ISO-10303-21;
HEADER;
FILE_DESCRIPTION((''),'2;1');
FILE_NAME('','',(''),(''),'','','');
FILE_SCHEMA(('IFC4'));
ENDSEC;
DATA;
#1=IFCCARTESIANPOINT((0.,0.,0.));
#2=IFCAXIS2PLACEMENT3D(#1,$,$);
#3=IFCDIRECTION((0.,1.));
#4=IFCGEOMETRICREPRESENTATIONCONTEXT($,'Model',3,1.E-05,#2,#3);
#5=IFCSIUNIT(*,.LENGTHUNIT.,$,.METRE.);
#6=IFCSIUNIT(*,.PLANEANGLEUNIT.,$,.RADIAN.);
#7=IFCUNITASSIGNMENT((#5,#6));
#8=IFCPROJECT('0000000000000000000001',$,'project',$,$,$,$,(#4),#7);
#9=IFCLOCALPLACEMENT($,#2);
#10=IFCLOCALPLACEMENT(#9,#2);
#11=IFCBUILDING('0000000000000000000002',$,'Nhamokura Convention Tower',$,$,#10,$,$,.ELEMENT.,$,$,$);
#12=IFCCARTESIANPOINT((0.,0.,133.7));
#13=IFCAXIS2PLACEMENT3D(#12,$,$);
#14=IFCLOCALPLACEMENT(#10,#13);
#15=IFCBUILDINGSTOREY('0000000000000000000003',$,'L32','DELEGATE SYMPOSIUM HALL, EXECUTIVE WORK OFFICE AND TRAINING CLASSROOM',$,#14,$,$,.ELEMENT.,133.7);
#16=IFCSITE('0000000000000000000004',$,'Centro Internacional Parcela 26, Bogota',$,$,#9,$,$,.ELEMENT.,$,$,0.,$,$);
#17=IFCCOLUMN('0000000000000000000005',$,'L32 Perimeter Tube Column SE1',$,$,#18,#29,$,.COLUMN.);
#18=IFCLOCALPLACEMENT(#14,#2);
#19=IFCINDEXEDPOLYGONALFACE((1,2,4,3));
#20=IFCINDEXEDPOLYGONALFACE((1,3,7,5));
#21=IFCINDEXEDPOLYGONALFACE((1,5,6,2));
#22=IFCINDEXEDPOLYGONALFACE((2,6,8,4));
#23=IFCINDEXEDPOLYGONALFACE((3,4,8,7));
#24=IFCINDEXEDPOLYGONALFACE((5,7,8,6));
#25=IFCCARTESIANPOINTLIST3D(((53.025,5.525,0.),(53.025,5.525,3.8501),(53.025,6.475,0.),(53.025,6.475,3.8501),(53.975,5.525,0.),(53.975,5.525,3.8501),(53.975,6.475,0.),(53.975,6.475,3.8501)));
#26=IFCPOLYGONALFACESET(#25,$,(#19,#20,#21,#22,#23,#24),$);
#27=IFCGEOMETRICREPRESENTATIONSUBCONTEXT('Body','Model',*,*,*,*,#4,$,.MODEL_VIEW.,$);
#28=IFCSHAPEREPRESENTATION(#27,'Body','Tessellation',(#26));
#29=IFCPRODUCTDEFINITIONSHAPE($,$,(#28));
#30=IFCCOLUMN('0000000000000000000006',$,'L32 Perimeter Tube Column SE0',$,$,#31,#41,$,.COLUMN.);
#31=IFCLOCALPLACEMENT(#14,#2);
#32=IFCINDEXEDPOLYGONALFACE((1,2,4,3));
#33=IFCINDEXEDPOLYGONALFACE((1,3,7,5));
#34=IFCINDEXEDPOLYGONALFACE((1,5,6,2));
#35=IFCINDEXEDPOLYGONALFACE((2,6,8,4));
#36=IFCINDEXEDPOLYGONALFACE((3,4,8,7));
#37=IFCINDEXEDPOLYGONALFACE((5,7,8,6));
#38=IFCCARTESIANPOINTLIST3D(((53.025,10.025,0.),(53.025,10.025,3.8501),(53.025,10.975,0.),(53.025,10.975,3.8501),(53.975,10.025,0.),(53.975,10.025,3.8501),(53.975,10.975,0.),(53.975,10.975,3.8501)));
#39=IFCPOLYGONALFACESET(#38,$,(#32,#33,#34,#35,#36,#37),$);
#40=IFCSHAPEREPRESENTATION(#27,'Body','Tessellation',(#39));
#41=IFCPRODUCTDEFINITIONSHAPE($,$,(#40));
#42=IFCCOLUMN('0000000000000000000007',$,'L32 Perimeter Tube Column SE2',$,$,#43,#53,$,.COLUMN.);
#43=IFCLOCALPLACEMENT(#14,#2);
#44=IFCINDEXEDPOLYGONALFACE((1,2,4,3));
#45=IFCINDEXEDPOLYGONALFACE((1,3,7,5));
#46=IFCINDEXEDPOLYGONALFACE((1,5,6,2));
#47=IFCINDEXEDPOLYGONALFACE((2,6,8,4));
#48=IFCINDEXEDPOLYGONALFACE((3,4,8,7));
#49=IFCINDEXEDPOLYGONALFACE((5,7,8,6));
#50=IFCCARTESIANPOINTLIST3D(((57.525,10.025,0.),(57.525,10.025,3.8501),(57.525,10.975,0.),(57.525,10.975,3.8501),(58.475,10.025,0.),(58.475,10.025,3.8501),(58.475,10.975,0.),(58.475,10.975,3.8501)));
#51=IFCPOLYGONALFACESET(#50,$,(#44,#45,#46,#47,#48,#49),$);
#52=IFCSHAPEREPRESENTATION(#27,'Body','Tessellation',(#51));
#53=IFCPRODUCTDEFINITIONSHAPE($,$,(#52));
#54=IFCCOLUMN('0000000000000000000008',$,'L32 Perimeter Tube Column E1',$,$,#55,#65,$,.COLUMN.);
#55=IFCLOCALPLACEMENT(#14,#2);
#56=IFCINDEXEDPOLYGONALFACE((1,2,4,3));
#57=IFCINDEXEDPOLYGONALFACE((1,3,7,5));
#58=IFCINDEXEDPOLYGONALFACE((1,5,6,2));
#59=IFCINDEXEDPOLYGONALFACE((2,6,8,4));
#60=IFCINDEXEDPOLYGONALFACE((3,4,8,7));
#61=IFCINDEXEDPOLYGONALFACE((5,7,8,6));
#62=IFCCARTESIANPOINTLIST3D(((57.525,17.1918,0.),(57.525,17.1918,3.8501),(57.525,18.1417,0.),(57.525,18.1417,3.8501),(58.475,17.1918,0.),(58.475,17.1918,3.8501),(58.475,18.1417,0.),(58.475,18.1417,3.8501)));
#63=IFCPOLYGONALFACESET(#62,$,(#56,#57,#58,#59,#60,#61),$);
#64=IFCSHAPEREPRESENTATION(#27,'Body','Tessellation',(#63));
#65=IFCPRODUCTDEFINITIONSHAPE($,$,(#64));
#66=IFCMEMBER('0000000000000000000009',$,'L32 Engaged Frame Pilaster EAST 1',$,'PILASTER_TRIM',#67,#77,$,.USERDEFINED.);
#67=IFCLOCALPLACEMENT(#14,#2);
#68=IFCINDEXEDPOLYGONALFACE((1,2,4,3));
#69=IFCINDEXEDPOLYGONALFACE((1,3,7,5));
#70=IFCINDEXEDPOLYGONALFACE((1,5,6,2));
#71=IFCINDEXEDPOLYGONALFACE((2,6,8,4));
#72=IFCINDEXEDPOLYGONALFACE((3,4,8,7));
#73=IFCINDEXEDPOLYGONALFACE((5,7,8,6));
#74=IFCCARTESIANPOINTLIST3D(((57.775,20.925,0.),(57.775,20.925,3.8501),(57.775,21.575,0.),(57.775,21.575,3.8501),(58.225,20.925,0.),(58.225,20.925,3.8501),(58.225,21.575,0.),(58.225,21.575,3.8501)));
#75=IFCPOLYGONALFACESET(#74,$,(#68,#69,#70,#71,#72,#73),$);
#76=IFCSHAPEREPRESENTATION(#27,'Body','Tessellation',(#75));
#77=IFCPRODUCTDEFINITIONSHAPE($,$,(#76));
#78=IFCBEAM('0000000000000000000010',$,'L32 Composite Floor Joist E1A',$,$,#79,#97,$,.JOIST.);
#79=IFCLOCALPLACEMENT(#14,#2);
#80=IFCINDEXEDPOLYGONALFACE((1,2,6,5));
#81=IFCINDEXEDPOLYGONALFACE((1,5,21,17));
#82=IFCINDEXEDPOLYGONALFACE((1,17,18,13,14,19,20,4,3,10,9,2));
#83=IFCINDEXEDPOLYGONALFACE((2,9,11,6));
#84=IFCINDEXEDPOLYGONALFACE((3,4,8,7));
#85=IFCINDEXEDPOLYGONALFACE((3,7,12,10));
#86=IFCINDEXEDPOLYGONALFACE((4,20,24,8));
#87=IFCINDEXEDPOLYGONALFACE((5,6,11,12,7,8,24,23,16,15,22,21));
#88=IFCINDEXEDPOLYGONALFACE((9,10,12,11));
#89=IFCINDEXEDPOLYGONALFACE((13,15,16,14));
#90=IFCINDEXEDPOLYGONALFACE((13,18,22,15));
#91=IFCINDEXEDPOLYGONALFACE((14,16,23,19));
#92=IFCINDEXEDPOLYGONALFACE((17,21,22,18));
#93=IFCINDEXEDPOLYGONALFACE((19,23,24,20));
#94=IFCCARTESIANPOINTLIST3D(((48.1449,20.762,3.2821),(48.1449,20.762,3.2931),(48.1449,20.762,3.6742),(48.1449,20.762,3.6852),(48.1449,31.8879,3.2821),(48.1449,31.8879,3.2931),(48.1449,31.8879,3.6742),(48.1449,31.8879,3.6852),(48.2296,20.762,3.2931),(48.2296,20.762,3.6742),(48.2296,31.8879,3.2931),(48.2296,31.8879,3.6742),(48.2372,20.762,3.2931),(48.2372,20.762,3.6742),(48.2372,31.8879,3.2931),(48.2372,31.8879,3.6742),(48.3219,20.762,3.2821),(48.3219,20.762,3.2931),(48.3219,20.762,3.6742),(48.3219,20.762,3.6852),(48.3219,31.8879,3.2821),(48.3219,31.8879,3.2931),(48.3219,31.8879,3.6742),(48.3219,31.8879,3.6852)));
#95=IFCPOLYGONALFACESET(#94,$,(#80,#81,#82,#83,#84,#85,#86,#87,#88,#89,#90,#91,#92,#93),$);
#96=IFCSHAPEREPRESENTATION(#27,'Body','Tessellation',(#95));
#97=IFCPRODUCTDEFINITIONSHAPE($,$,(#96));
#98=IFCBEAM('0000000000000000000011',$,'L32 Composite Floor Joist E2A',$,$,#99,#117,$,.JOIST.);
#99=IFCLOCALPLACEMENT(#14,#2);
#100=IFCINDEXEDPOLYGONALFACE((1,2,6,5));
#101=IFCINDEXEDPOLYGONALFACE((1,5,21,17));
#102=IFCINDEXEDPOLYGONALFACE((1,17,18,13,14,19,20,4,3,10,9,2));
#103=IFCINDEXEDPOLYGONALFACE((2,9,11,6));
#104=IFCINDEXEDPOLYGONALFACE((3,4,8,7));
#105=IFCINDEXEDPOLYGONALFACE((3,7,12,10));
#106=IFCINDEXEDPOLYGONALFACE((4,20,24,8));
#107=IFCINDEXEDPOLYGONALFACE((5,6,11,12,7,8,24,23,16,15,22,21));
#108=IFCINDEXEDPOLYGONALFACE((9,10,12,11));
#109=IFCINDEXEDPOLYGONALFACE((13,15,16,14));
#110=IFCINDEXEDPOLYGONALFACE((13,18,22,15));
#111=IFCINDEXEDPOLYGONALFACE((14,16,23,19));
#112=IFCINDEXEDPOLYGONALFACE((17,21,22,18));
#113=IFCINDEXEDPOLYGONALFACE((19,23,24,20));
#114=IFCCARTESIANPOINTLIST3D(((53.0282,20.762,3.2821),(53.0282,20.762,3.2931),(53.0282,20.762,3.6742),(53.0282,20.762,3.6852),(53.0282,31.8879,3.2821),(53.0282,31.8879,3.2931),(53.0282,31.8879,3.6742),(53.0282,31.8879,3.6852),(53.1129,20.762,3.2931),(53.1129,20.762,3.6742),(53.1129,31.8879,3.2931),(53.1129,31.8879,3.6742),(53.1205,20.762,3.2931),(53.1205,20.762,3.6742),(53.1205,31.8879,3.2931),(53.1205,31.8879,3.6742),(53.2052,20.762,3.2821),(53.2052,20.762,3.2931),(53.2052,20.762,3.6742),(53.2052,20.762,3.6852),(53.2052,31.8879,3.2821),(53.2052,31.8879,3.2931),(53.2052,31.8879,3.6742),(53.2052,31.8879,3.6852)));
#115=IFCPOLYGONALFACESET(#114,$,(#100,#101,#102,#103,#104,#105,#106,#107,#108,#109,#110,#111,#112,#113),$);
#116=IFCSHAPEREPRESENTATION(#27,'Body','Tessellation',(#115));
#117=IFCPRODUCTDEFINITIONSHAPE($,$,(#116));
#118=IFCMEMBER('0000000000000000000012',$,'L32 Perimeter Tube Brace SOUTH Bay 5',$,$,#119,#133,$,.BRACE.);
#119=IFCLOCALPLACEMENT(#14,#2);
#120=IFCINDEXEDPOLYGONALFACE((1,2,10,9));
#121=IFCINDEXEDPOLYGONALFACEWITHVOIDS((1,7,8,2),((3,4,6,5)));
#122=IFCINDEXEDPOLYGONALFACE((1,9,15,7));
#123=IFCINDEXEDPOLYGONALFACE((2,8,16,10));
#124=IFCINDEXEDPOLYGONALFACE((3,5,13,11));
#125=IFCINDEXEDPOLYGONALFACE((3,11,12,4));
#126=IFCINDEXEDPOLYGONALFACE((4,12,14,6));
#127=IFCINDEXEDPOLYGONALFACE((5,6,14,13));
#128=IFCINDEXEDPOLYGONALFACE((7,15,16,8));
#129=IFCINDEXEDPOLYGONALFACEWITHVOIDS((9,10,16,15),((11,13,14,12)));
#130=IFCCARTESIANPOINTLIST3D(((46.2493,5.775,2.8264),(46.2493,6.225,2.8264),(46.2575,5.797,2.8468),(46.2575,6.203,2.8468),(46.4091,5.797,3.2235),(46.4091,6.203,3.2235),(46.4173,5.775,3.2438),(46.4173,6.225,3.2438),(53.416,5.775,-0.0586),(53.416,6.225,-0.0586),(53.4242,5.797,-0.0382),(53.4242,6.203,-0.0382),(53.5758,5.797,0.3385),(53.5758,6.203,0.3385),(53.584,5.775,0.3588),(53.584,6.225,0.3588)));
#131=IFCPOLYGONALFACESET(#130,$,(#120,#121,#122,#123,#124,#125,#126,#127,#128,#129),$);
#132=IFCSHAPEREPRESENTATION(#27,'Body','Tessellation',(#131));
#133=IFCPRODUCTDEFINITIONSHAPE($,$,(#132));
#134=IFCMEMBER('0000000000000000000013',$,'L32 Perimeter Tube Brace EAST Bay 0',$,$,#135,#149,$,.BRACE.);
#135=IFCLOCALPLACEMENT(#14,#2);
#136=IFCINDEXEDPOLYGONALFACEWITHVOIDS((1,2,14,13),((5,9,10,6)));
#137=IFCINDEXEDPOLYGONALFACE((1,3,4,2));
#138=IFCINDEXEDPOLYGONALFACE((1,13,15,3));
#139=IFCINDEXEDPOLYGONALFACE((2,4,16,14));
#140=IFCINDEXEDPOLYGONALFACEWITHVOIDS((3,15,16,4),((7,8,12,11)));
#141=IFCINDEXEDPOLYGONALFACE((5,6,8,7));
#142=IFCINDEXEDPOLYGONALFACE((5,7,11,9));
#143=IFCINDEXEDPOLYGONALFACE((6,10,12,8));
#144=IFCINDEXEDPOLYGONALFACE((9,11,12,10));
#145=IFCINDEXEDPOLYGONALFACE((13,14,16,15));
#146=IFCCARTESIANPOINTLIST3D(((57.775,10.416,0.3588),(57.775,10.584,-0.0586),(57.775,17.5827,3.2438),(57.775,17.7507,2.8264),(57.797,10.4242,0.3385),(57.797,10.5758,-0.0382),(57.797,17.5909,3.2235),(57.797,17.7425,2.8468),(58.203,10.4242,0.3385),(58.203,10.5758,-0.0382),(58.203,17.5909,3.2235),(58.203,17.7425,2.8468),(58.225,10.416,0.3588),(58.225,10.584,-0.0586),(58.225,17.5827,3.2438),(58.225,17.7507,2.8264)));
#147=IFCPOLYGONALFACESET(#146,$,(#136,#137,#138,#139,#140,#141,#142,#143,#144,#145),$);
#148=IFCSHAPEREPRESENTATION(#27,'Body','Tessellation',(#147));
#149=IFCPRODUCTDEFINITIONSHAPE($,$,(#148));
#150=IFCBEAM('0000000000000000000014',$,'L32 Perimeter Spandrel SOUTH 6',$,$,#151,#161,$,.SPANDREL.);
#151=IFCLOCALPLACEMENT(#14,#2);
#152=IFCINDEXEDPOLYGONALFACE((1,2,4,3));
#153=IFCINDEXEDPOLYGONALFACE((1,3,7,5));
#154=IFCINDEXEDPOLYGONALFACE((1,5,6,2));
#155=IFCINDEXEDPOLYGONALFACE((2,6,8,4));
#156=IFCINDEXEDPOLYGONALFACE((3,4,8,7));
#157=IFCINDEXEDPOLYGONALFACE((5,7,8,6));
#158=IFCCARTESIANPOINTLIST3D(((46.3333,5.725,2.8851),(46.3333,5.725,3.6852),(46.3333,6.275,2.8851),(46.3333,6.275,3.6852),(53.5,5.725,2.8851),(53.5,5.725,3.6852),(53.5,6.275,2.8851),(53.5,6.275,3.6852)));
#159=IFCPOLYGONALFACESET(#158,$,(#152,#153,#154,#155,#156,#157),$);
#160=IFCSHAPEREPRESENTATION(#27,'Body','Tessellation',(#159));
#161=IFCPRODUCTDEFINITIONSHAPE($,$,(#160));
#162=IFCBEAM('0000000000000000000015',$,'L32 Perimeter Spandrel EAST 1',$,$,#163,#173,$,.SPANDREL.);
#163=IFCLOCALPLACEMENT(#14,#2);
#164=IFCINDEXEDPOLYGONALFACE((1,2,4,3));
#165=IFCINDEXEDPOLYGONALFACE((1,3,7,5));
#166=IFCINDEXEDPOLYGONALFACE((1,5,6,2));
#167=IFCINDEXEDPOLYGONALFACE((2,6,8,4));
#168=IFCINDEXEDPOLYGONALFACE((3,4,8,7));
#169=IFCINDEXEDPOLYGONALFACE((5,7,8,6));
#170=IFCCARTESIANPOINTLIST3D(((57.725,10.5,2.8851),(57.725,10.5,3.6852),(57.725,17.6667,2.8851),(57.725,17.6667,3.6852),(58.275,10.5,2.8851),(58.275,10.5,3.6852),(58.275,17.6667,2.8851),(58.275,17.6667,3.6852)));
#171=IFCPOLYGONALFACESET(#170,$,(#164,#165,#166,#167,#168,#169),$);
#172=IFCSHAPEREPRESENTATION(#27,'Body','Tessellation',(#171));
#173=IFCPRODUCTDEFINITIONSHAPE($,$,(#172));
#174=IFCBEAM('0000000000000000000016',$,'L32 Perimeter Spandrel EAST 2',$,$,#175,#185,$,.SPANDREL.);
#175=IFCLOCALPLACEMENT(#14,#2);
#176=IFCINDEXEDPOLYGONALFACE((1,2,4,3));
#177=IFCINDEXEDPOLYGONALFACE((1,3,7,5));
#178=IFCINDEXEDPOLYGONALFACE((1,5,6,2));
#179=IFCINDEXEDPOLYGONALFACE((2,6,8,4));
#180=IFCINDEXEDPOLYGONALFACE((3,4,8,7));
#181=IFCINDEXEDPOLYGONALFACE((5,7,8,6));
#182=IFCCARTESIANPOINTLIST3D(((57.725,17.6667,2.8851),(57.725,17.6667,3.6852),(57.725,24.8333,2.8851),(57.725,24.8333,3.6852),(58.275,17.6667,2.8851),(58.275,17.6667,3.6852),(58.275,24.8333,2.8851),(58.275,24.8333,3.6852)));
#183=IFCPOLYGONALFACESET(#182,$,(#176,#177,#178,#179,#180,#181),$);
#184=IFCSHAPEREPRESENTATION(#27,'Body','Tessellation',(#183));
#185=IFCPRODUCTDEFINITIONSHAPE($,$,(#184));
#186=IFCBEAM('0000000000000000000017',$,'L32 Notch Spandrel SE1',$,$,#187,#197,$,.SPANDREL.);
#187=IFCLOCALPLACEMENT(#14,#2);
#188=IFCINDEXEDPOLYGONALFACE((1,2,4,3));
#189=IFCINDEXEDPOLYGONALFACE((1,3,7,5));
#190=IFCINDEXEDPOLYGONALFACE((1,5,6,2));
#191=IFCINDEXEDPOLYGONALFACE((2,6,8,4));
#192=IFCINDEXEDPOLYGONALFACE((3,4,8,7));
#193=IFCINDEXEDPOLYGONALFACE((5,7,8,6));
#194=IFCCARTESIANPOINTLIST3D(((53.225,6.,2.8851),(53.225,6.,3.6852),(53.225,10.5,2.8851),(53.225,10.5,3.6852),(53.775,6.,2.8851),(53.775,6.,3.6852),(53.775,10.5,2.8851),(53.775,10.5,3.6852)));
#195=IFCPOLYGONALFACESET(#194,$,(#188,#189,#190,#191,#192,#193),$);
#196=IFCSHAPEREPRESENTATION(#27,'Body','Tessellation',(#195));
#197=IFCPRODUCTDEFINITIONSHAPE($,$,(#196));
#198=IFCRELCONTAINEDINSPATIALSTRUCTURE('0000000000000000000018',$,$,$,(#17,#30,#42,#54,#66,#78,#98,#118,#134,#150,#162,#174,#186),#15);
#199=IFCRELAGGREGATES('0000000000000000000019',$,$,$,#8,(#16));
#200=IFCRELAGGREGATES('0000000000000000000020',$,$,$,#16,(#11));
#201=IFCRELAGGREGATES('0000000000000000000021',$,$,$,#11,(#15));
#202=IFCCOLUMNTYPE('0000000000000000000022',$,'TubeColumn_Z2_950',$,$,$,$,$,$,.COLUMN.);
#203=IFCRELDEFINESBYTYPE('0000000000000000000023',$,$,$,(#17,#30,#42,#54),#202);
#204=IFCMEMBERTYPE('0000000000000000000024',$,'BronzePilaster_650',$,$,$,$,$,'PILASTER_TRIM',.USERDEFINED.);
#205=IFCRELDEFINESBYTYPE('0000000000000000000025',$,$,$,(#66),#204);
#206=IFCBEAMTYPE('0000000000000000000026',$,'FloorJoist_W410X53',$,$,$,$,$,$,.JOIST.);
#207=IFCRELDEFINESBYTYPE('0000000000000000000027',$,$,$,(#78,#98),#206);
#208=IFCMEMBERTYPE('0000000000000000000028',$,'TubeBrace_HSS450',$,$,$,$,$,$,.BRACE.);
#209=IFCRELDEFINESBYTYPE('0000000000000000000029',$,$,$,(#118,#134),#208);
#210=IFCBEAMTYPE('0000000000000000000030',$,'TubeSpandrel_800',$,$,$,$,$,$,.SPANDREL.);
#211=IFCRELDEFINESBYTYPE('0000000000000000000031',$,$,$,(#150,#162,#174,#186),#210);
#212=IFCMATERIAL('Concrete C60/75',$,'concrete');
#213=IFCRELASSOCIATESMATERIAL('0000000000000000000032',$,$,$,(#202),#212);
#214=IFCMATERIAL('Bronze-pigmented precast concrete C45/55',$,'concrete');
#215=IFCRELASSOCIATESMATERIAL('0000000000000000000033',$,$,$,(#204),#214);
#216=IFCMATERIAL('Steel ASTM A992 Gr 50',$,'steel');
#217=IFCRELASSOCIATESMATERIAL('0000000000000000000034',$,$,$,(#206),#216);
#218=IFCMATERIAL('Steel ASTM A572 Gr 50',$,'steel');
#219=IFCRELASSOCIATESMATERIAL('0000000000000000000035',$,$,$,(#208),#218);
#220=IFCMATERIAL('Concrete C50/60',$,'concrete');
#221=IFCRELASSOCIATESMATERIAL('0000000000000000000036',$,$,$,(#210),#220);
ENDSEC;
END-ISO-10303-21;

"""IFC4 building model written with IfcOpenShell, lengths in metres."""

from ifc_helpers import new_model, si_unit, direction, frame, origin, origin_2d, place, context, subcontext, project, spatial, rectangle, hollow_rectangle, i_section, extrude, material, material_profile, profile_set, type_object, element, save


model = new_model("IFC4")

# Units and contexts
model_context = context("Model", 3, precision=1e-05, world=origin(), true_north=direction((0.0, 1.0)))
body_context = subcontext(model_context, "Body", "Model", "MODEL_VIEW")
ifc_project = project(units=[si_unit("LENGTHUNIT", "METRE"), si_unit("PLANEANGLEUNIT", "RADIAN")], contexts=[model_context])

# Site, building, storey
site_placement = place(None, origin())
site = spatial("IfcSite", under=ifc_project, at=site_placement, Name="Centro Internacional Parcela 26, Bogota", CompositionType="ELEMENT", RefElevation=0.0)
building_placement = place(site_placement, origin())
building = spatial("IfcBuilding", under=site, at=building_placement, Name="Nhamokura Convention Tower", CompositionType="ELEMENT")
storey_placement = place(building_placement, frame((0.0, 0.0, 133.7)))
storey = spatial("IfcBuildingStorey", under=building, at=storey_placement, Name="L32", Description="DELEGATE SYMPOSIUM HALL, EXECUTIVE WORK OFFICE AND TRAINING CLASSROOM", CompositionType="ELEMENT", Elevation=133.7)

# Columns
ifc_material_1 = material(Name="Concrete C60/75", Category="concrete")
ifc_material_profile_1 = material_profile(ifc_material_1, rectangle(XDim=0.95, YDim=0.95, at=origin_2d()))
ifc_profile_set_1 = profile_set([ifc_material_profile_1], Name="Concrete C60/75")
column_type = type_object("IfcColumnType", Name="TubeColumn_Z2_950", PredefinedType="COLUMN", material=ifc_profile_set_1)
for number, where, z_axis, x_axis, name in (
    (1, (53.5, 6.0, 0.0), (0.0, 0.0, 1.0), (1.0, 0.0, 0.0), "L32 Perimeter Tube Column SE1"),
    (2, (53.5, 10.5, 0.0), (0.0, 0.0, 1.0), (1.0, 0.0, 0.0), "L32 Perimeter Tube Column SE0"),
    (3, (58.0, 10.5, 0.0), (0.0, 0.0, 1.0), (1.0, 0.0, 0.0), "L32 Perimeter Tube Column SE2"),
    (4, (58.0, 17.6667, 0.0), (0.0, 0.0, 1.0), (1.0, 0.0, 0.0), "L32 Perimeter Tube Column E1"),
):
    element("IfcColumn", number, at=place(storey_placement, frame(where, z_axis=z_axis, x_axis=x_axis)), inside=storey, type_object=column_type, Name=name, PredefinedType="COLUMN", context=body_context, shape_type="SweptSolid", body=[
        extrude(rectangle(XDim=0.95, YDim=0.95, at=origin_2d()), origin(), (0.0, 0.0, 1.0), 3.8501),
    ])

# Member
ifc_material_2 = material(Name="Bronze-pigmented precast concrete C45/55", Category="concrete")
ifc_material_profile_2 = material_profile(ifc_material_2, rectangle(XDim=0.45, YDim=0.6499, at=origin_2d()))
ifc_profile_set_2 = profile_set([ifc_material_profile_2], Name="Bronze-pigmented precast concrete C45/55")
member_type_1 = type_object("IfcMemberType", Name="BronzePilaster_650", ElementType="PILASTER_TRIM", PredefinedType="USERDEFINED", material=ifc_profile_set_2)
member_placement = place(storey_placement, frame((58.0, 21.25, 0.0), z_axis=(0.0, 0.0, 1.0), x_axis=(1.0, 0.0, 0.0)))
element("IfcMember", 5, at=member_placement, inside=storey, type_object=member_type_1, Name="L32 Engaged Frame Pilaster EAST 1", ObjectType="PILASTER_TRIM", PredefinedType="USERDEFINED", context=body_context, shape_type="SweptSolid", body=[
    extrude(rectangle(XDim=0.45, YDim=0.6499, at=origin_2d()), origin(), (0.0, 0.0, 1.0), 3.8501),
])

# Beams
ifc_material_3 = material(Name="Steel ASTM A992 Gr 50", Category="steel")
ifc_material_profile_3 = material_profile(ifc_material_3, i_section(OverallWidth=0.177, OverallDepth=0.4031, WebThickness=0.0076, FlangeThickness=0.011, at=origin_2d()))
ifc_profile_set_3 = profile_set([ifc_material_profile_3], Name="Steel ASTM A992 Gr 50")
beam_type_1 = type_object("IfcBeamType", Name="FloorJoist_W410X53", PredefinedType="JOIST", material=ifc_profile_set_3)
for number, where, z_axis, x_axis, name in (
    (6, (48.2334, 20.762, 3.4836), (0.0, 1.0, 0.0), (-1.0, 0.0, 0.0), "L32 Composite Floor Joist E1A"),
    (7, (53.1167, 20.762, 3.4836), (0.0, 1.0, 0.0), (-1.0, 0.0, 0.0), "L32 Composite Floor Joist E2A"),
):
    element("IfcBeam", number, at=place(storey_placement, frame(where, z_axis=z_axis, x_axis=x_axis)), inside=storey, type_object=beam_type_1, Name=name, PredefinedType="JOIST", context=body_context, shape_type="SweptSolid", body=[
        extrude(i_section(OverallWidth=0.177, OverallDepth=0.4031, WebThickness=0.0076, FlangeThickness=0.011, at=origin_2d()), origin(), (0.0, 0.0, 1.0), 11.126),
    ])

# Members
ifc_material_4 = material(Name="Steel ASTM A572 Gr 50", Category="steel")
ifc_material_profile_4 = material_profile(ifc_material_4, hollow_rectangle(XDim=0.45, YDim=0.45, WallThickness=0.022, at=origin_2d()))
ifc_profile_set_4 = profile_set([ifc_material_profile_4], Name="Steel ASTM A572 Gr 50")
member_type_2 = type_object("IfcMemberType", Name="TubeBrace_HSS450", PredefinedType="BRACE", material=ifc_profile_set_4)
for number, where, z_axis, x_axis, name in (
    (8, (53.5, 6.0, 0.1501), (-0.927657, 0.0, 0.373433), (0.0, -1.0, 0.0), "L32 Perimeter Tube Brace SOUTH Bay 5"),
    (9, (58.0, 10.5, 0.1501), (0.0, 0.927657, 0.373433), (-1.0, 0.0, 0.0), "L32 Perimeter Tube Brace EAST Bay 0"),
):
    element("IfcMember", number, at=place(storey_placement, frame(where, z_axis=z_axis, x_axis=x_axis)), inside=storey, type_object=member_type_2, Name=name, PredefinedType="BRACE", context=body_context, shape_type="SweptSolid", body=[
        extrude(hollow_rectangle(XDim=0.45, YDim=0.45, WallThickness=0.022, at=origin_2d()), origin(), (0.0, 0.0, 1.0), 7.7256),
    ])

# Beams
ifc_material_5 = material(Name="Concrete C50/60", Category="concrete")
ifc_material_profile_5 = material_profile(ifc_material_5, rectangle(XDim=0.55, YDim=0.8, at=origin_2d()))
ifc_profile_set_5 = profile_set([ifc_material_profile_5], Name="Concrete C50/60")
beam_type_2 = type_object("IfcBeamType", Name="TubeSpandrel_800", PredefinedType="SPANDREL", material=ifc_profile_set_5)
for number, where, z_axis, x_axis, name in (
    (10, (46.3333, 6.0, 3.2852), (1.0, 0.0, 0.0), (0.0, 1.0, 0.0), "L32 Perimeter Spandrel SOUTH 6"),
    (11, (58.0, 10.5, 3.2852), (0.0, 1.0, 0.0), (-1.0, 0.0, 0.0), "L32 Perimeter Spandrel EAST 1"),
):
    element("IfcBeam", number, at=place(storey_placement, frame(where, z_axis=z_axis, x_axis=x_axis)), inside=storey, type_object=beam_type_2, Name=name, PredefinedType="SPANDREL", context=body_context, shape_type="SweptSolid", body=[
        extrude(rectangle(XDim=0.55, YDim=0.8, at=origin_2d()), origin(), (0.0, 0.0, 1.0), 7.1667),
    ])
beam_placement = place(storey_placement, frame((58.0, 17.6667, 3.2852), z_axis=(0.0, 1.0, 0.0), x_axis=(-1.0, 0.0, 0.0)))
element("IfcBeam", 12, at=beam_placement, inside=storey, type_object=beam_type_2, Name="L32 Perimeter Spandrel EAST 2", PredefinedType="SPANDREL", context=body_context, shape_type="SweptSolid", body=[
    extrude(rectangle(XDim=0.55, YDim=0.8, at=origin_2d()), origin(), (0.0, 0.0, 1.0), 7.1665),
])
for number, where, z_axis, x_axis, name in (
    (13, (53.5, 6.0, 3.2852), (0.0, 1.0, 0.0), (-1.0, 0.0, 0.0), "L32 Notch Spandrel SE1"),
):
    element("IfcBeam", number, at=place(storey_placement, frame(where, z_axis=z_axis, x_axis=x_axis)), inside=storey, type_object=beam_type_2, Name=name, PredefinedType="SPANDREL", context=body_context, shape_type="SweptSolid", body=[
        extrude(rectangle(XDim=0.55, YDim=0.8, at=origin_2d()), origin(), (0.0, 0.0, 1.0), 4.5),
    ])

save(model, "model.ifc")
